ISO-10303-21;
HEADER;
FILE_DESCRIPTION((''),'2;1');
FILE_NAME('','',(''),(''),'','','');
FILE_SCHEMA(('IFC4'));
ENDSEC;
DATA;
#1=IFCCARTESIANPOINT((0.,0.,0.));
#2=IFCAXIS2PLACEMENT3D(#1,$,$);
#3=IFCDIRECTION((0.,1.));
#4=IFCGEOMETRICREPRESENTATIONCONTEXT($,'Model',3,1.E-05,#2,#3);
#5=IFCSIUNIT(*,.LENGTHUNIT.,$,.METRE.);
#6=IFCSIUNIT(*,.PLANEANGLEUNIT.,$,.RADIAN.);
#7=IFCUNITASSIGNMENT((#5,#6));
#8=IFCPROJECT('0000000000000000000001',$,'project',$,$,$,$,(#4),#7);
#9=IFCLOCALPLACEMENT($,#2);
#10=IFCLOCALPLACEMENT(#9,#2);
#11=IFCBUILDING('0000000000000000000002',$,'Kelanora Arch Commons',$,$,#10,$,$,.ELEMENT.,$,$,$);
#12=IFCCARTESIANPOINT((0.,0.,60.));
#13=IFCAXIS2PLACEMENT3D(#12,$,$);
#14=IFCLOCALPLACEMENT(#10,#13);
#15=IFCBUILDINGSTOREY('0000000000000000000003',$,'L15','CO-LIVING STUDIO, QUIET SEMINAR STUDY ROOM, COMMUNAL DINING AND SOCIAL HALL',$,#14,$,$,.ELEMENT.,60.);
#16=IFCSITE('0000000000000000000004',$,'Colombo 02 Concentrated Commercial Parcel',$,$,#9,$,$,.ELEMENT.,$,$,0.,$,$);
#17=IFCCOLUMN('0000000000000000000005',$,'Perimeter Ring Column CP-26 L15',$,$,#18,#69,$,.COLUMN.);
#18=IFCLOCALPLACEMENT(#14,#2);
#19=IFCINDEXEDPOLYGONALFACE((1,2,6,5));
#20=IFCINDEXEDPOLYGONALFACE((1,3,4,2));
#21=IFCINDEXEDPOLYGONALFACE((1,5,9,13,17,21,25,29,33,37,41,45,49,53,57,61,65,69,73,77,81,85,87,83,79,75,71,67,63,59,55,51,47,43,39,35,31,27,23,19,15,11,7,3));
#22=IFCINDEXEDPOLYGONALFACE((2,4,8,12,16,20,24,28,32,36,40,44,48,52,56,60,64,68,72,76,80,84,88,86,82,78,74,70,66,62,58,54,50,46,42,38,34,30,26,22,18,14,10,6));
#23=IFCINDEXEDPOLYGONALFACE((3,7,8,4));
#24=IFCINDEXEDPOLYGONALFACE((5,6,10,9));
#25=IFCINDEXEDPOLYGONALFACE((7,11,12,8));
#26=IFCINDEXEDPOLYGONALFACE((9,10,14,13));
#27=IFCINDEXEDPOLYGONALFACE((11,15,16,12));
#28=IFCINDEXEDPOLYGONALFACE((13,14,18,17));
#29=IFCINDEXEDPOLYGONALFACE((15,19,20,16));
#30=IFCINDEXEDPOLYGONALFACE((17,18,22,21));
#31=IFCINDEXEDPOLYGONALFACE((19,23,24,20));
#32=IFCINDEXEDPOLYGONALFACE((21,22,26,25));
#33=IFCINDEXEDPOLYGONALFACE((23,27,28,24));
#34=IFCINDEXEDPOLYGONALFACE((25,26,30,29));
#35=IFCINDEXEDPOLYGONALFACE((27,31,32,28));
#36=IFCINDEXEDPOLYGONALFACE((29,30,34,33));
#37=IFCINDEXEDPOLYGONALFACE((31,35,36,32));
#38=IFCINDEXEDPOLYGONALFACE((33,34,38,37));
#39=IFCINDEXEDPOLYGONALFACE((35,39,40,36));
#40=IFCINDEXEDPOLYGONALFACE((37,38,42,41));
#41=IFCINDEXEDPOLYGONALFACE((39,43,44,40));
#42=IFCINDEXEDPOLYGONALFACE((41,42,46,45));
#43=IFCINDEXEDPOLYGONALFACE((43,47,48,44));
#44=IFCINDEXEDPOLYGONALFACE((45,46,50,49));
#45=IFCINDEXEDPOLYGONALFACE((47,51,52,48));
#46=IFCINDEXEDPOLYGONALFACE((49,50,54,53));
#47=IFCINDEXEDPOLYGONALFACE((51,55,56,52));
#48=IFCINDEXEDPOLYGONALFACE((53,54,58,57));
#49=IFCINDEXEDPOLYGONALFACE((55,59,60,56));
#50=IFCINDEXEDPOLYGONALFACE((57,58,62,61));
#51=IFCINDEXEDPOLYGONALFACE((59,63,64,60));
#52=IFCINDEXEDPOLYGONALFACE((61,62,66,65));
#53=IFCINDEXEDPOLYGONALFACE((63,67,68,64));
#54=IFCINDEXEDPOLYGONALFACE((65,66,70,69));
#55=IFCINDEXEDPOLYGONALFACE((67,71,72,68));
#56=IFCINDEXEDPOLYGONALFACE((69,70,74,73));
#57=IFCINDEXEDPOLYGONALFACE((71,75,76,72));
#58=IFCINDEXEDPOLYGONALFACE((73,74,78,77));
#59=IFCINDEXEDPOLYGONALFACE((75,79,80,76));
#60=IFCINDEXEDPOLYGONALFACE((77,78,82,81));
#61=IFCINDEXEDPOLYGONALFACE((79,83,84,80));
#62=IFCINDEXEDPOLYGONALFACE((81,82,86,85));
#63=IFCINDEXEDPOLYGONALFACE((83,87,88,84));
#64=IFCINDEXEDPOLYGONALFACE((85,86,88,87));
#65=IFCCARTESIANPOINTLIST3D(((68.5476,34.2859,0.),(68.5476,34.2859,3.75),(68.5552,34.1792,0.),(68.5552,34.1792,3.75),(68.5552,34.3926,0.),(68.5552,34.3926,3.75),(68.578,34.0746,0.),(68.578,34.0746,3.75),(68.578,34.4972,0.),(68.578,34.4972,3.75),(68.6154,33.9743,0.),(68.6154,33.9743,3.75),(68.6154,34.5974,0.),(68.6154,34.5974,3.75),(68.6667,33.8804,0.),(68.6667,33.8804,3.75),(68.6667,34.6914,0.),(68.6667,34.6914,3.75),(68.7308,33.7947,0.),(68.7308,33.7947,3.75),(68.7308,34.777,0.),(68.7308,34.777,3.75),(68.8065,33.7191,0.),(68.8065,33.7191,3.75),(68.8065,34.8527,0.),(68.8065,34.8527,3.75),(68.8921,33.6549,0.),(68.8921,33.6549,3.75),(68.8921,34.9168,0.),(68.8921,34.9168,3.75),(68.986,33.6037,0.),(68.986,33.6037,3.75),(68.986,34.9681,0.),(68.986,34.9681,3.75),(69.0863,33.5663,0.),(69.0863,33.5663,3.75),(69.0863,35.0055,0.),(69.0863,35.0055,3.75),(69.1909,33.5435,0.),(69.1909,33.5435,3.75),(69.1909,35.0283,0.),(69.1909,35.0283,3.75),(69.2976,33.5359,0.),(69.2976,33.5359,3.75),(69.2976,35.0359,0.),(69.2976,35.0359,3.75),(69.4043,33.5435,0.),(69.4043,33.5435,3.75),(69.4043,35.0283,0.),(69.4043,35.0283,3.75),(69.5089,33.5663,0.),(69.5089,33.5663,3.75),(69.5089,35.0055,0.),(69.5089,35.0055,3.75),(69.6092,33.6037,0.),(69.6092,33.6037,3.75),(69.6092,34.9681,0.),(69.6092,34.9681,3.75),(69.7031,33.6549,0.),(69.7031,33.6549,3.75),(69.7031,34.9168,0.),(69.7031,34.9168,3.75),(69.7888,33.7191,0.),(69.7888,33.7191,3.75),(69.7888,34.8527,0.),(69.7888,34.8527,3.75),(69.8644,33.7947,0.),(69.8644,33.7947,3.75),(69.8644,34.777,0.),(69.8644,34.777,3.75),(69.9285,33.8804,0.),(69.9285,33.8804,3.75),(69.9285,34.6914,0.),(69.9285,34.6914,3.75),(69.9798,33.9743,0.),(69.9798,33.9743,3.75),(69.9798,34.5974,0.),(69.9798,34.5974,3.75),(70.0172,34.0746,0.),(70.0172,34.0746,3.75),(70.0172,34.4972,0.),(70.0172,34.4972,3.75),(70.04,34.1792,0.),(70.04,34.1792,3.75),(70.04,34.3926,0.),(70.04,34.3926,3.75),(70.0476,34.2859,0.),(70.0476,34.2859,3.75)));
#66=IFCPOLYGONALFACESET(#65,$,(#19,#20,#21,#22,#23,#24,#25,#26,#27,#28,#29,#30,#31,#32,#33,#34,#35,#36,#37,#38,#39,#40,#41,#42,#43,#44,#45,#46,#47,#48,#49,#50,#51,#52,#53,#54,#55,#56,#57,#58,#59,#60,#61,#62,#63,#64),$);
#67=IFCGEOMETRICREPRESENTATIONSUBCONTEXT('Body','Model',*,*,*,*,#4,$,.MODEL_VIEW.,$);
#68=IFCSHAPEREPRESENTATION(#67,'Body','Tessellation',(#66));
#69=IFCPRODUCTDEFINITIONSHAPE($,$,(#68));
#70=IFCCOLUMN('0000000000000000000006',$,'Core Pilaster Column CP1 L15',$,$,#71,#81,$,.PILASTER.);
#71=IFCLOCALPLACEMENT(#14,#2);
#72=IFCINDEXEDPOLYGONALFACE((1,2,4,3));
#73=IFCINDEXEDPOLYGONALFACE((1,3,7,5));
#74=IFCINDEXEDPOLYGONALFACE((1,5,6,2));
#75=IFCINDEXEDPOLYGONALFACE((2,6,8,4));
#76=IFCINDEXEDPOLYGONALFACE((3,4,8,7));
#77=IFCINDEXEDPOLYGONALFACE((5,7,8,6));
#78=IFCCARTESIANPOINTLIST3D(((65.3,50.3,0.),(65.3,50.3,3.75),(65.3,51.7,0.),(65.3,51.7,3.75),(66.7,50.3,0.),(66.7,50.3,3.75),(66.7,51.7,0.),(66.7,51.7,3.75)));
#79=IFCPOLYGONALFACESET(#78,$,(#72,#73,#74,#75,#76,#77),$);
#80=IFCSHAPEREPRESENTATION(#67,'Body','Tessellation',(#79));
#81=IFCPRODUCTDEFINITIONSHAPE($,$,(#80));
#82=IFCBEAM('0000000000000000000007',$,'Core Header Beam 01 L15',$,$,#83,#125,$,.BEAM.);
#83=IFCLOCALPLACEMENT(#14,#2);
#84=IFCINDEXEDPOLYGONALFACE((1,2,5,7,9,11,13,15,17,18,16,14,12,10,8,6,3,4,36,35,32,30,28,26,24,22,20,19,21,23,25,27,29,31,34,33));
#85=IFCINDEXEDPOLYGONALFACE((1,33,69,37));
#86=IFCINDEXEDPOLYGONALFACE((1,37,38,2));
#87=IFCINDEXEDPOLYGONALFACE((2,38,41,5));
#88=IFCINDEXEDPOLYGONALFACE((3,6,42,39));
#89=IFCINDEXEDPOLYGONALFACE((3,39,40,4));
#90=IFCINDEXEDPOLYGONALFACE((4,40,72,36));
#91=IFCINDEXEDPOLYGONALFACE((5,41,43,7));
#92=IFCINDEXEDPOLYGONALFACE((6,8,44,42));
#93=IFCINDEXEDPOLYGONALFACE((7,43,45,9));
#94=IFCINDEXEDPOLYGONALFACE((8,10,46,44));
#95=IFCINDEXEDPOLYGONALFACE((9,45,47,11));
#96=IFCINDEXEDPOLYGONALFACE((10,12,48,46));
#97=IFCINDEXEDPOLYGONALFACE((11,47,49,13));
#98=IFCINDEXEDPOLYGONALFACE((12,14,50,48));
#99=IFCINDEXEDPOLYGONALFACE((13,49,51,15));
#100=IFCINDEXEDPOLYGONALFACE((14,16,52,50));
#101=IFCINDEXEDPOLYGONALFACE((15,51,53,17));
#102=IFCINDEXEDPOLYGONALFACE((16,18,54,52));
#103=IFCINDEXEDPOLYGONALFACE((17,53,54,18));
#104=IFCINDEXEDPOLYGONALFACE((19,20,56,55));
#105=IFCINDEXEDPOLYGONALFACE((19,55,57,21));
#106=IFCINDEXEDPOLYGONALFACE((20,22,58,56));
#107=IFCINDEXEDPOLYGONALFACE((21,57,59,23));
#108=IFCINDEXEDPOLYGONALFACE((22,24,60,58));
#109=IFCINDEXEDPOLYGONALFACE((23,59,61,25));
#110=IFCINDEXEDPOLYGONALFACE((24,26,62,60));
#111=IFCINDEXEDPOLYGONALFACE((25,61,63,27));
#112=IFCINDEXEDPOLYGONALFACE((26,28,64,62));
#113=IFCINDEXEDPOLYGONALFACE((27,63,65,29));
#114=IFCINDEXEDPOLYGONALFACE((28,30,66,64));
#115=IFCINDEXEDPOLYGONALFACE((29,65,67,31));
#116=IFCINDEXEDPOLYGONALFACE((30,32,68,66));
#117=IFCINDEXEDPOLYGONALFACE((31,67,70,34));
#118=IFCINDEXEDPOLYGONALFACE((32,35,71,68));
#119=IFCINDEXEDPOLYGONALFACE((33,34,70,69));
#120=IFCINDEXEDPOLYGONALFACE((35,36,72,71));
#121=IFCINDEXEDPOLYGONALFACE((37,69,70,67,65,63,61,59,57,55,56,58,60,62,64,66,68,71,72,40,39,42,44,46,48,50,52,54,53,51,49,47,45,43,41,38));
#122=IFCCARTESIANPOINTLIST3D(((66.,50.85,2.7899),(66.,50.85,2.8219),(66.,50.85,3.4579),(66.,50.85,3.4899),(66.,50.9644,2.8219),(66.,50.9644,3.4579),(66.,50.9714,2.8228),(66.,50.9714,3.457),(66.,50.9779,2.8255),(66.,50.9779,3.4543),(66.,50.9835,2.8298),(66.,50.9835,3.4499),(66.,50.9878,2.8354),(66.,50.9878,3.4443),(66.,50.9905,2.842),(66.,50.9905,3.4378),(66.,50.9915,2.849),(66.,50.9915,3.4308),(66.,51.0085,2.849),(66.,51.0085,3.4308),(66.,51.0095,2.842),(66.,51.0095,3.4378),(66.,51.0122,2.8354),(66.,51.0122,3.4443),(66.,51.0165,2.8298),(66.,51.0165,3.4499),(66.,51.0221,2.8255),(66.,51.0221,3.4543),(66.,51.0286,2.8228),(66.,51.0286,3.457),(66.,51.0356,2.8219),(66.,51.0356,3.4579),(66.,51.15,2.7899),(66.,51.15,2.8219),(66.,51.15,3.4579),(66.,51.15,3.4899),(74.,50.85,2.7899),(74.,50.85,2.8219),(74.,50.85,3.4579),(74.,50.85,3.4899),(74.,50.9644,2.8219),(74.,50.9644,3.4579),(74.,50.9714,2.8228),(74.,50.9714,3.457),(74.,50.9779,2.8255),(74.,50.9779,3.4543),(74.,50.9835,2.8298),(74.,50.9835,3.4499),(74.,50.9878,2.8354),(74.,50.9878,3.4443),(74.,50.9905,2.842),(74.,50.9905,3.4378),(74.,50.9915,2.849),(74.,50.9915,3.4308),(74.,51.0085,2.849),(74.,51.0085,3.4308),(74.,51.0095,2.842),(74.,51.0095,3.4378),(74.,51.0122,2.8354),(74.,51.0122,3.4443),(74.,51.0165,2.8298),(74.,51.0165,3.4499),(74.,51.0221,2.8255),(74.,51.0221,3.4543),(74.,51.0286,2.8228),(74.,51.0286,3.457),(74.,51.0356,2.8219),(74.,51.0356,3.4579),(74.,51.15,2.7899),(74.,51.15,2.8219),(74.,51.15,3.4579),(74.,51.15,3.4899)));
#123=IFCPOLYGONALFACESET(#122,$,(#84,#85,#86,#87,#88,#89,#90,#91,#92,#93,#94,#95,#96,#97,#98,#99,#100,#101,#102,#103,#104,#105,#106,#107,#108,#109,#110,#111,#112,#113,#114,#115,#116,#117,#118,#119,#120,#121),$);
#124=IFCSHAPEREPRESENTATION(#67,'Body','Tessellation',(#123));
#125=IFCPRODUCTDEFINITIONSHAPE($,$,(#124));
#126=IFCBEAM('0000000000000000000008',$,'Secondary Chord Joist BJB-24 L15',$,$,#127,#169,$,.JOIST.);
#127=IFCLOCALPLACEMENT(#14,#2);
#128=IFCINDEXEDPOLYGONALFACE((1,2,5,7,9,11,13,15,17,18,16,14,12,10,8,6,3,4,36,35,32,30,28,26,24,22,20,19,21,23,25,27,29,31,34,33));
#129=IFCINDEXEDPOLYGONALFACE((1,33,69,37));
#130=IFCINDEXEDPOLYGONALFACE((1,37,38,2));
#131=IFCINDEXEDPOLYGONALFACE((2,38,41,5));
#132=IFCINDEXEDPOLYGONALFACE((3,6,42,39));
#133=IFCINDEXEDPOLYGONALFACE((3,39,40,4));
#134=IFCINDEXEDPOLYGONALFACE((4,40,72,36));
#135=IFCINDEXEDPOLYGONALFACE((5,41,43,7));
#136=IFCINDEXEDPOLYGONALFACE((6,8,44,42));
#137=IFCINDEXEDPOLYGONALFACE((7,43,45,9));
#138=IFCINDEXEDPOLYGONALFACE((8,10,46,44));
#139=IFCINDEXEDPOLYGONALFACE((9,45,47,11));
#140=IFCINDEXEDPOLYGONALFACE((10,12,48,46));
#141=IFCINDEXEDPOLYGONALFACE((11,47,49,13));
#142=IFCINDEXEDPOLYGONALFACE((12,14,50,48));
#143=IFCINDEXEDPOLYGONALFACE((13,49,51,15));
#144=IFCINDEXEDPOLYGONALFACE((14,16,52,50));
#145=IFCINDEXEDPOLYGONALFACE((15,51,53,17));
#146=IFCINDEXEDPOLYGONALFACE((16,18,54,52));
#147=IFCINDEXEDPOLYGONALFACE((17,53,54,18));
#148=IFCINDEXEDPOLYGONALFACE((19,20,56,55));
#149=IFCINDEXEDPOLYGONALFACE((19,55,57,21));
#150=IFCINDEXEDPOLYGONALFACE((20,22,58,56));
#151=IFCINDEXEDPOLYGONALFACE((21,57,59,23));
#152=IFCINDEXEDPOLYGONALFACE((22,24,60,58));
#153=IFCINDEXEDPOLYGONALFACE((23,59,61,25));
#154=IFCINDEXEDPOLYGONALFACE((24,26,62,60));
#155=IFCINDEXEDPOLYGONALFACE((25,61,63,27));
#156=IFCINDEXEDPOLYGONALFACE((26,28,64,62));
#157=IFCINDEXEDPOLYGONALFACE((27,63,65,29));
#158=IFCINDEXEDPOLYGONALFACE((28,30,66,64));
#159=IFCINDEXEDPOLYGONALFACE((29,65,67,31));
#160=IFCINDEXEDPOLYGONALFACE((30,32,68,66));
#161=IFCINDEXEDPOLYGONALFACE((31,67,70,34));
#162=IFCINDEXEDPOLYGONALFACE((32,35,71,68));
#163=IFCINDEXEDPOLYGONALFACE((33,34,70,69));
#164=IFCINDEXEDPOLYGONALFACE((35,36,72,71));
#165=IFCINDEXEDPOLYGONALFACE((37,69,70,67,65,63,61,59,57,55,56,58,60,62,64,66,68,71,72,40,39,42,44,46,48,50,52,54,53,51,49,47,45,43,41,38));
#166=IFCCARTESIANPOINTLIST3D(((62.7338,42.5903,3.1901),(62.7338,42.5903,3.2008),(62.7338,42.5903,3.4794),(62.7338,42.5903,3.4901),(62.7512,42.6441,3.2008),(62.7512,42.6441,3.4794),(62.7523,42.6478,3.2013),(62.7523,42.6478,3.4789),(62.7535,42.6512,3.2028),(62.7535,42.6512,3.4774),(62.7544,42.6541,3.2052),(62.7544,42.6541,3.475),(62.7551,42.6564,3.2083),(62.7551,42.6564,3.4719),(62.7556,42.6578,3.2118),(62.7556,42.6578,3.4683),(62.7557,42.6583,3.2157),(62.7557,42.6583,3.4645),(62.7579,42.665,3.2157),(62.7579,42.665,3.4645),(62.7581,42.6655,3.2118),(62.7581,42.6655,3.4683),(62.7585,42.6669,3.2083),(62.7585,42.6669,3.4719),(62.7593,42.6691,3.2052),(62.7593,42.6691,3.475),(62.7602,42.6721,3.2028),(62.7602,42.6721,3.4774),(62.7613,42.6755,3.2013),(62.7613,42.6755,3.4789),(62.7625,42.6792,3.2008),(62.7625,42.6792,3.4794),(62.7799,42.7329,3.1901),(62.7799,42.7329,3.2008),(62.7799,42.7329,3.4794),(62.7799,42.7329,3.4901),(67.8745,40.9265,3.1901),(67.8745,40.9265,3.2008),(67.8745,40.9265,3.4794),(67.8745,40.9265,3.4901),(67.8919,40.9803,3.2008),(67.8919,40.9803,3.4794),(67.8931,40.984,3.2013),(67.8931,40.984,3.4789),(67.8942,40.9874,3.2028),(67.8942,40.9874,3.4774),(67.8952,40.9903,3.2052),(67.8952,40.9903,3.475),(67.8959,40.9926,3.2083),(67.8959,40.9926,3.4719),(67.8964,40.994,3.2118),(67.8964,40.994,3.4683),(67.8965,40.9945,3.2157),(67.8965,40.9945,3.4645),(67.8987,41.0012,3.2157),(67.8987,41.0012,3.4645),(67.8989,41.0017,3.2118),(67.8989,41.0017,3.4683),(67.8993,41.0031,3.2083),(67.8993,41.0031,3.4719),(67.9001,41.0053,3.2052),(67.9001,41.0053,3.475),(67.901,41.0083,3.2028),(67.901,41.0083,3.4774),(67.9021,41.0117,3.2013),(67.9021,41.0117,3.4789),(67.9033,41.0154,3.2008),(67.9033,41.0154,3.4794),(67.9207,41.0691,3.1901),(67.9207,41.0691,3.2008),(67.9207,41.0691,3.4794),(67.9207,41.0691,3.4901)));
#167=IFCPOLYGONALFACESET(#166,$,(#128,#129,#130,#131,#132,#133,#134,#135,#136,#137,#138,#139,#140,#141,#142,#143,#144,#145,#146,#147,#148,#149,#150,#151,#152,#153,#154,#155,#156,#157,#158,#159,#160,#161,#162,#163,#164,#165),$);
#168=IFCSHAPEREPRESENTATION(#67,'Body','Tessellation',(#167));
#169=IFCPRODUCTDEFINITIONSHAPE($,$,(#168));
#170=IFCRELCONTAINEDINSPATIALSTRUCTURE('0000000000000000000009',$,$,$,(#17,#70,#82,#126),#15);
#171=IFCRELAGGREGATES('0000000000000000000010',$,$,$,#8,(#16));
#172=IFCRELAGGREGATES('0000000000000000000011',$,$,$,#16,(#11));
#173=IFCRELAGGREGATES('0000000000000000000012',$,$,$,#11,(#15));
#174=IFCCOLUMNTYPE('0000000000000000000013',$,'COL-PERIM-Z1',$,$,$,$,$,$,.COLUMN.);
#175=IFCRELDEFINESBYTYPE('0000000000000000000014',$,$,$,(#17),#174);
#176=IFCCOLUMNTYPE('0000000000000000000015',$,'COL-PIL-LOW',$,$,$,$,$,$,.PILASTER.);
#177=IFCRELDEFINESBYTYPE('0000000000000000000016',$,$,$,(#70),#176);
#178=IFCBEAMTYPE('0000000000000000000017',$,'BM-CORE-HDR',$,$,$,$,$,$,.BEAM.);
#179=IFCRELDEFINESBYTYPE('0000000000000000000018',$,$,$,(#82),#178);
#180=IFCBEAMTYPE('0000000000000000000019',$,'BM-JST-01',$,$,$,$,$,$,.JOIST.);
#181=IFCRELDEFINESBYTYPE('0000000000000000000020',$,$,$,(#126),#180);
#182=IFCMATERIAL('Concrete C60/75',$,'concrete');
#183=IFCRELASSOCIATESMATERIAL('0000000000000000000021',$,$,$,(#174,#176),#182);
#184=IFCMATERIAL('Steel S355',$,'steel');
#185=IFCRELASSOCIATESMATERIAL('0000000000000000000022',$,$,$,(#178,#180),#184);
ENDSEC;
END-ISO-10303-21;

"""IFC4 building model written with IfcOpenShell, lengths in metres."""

from ifc_helpers import new_model, si_unit, direction, frame, origin, origin_2d, place, context, subcontext, project, spatial, rectangle, circle, i_section, extrude, material, material_profile, profile_set, type_object, element, save


model = new_model("IFC4")

# Units and contexts
model_context = context("Model", 3, precision=1e-05, world=origin(), true_north=direction((0.0, 1.0)))
body_context = subcontext(model_context, "Body", "Model", "MODEL_VIEW")
ifc_project = project(units=[si_unit("LENGTHUNIT", "METRE"), si_unit("PLANEANGLEUNIT", "RADIAN")], contexts=[model_context])

# Site, building, storey
site_placement = place(None, origin())
site = spatial("IfcSite", under=ifc_project, at=site_placement, Name="Colombo 02 Concentrated Commercial Parcel", CompositionType="ELEMENT", RefElevation=0.0)
building_placement = place(site_placement, origin())
building = spatial("IfcBuilding", under=site, at=building_placement, Name="Kelanora Arch Commons", CompositionType="ELEMENT")
storey_placement = place(building_placement, frame((0.0, 0.0, 60.0)))
storey = spatial("IfcBuildingStorey", under=building, at=storey_placement, Name="L15", Description="CO-LIVING STUDIO, QUIET SEMINAR STUDY ROOM, COMMUNAL DINING AND SOCIAL HALL", CompositionType="ELEMENT", Elevation=60.0)

# Columns
ifc_material_1 = material(Name="Concrete C60/75", Category="concrete")
ifc_material_profile_1 = material_profile(ifc_material_1, circle(Radius=0.75, at=origin_2d()), Name="RCC1500")
ifc_profile_set_1 = profile_set([ifc_material_profile_1], Name="Concrete C60/75")
column_type_1 = type_object("IfcColumnType", Name="COL-PERIM-Z1", PredefinedType="COLUMN", material=ifc_profile_set_1)
column_1_placement = place(storey_placement, frame((69.2976, 34.2859, 0.0), z_axis=(0.0, 0.0, 1.0), x_axis=(1.0, 0.0, 0.0)))
element("IfcColumn", 1, at=column_1_placement, inside=storey, type_object=column_type_1, Name="Perimeter Ring Column CP-26 L15", PredefinedType="COLUMN", context=body_context, shape_type="SweptSolid", body=[
    extrude(circle(Radius=0.75, at=origin_2d()), origin(), (0.0, 0.0, 1.0), 3.75),
])
ifc_material_profile_2 = material_profile(ifc_material_1, rectangle(XDim=1.3999, YDim=1.3999, at=origin_2d()), Name="RC1400x1400")
ifc_profile_set_2 = profile_set([ifc_material_profile_2], Name="Concrete C60/75")
column_type_2 = type_object("IfcColumnType", Name="COL-PIL-LOW", PredefinedType="PILASTER", material=ifc_profile_set_2)
column_2_placement = place(storey_placement, frame((66.0, 51.0, 0.0), z_axis=(0.0, 0.0, 1.0), x_axis=(1.0, 0.0, 0.0)))
element("IfcColumn", 2, at=column_2_placement, inside=storey, type_object=column_type_2, Name="Core Pilaster Column CP1 L15", PredefinedType="PILASTER", context=body_context, shape_type="SweptSolid", body=[
    extrude(rectangle(XDim=1.3999, YDim=1.3999, at=origin_2d()), origin(), (0.0, 0.0, 1.0), 3.75),
])

# Beams
ifc_material_2 = material(Name="Steel S355", Category="steel")
ifc_material_profile_3 = material_profile(ifc_material_2, i_section(OverallWidth=0.3, OverallDepth=0.7, WebThickness=0.0171, FlangeThickness=0.032, FilletRadius=0.0271, at=origin_2d()), Name="HEB700")
ifc_profile_set_3 = profile_set([ifc_material_profile_3], Name="Steel S355")
beam_type_1 = type_object("IfcBeamType", Name="BM-CORE-HDR", PredefinedType="BEAM", material=ifc_profile_set_3)
beam_1_placement = place(storey_placement, frame((66.0, 51.0, 3.1399), z_axis=(1.0, 0.0, 0.0), x_axis=(0.0, 1.0, 0.0)))
element("IfcBeam", 3, at=beam_1_placement, inside=storey, type_object=beam_type_1, Name="Core Header Beam 01 L15", PredefinedType="BEAM", context=body_context, shape_type="SweptSolid", body=[
    extrude(i_section(OverallWidth=0.3, OverallDepth=0.7, WebThickness=0.0171, FlangeThickness=0.032, FilletRadius=0.0271, at=origin_2d()), origin(), (0.0, 0.0, 1.0), 8.0),
])
ifc_material_profile_4 = material_profile(ifc_material_2, i_section(OverallWidth=0.1499, OverallDepth=0.3, WebThickness=0.0071, FlangeThickness=0.0107, FilletRadius=0.0149, at=origin_2d()), Name="IPE300")
ifc_profile_set_4 = profile_set([ifc_material_profile_4], Name="Steel S355")
beam_type_2 = type_object("IfcBeamType", Name="BM-JST-01", PredefinedType="JOIST", material=ifc_profile_set_4)
beam_2_placement = place(storey_placement, frame((62.7568, 42.6616, 3.3401), z_axis=(0.951412, -0.30792, 0.0), x_axis=(0.30792, 0.951412, 0.0)))
element("IfcBeam", 4, at=beam_2_placement, inside=storey, type_object=beam_type_2, Name="Secondary Chord Joist BJB-24 L15", PredefinedType="JOIST", context=body_context, shape_type="SweptSolid", body=[
    extrude(i_section(OverallWidth=0.1499, OverallDepth=0.3, WebThickness=0.0071, FlangeThickness=0.0107, FilletRadius=0.0149, at=origin_2d()), origin(), (0.0, 0.0, 1.0), 5.4033),
])

save(model, "model.ifc")
